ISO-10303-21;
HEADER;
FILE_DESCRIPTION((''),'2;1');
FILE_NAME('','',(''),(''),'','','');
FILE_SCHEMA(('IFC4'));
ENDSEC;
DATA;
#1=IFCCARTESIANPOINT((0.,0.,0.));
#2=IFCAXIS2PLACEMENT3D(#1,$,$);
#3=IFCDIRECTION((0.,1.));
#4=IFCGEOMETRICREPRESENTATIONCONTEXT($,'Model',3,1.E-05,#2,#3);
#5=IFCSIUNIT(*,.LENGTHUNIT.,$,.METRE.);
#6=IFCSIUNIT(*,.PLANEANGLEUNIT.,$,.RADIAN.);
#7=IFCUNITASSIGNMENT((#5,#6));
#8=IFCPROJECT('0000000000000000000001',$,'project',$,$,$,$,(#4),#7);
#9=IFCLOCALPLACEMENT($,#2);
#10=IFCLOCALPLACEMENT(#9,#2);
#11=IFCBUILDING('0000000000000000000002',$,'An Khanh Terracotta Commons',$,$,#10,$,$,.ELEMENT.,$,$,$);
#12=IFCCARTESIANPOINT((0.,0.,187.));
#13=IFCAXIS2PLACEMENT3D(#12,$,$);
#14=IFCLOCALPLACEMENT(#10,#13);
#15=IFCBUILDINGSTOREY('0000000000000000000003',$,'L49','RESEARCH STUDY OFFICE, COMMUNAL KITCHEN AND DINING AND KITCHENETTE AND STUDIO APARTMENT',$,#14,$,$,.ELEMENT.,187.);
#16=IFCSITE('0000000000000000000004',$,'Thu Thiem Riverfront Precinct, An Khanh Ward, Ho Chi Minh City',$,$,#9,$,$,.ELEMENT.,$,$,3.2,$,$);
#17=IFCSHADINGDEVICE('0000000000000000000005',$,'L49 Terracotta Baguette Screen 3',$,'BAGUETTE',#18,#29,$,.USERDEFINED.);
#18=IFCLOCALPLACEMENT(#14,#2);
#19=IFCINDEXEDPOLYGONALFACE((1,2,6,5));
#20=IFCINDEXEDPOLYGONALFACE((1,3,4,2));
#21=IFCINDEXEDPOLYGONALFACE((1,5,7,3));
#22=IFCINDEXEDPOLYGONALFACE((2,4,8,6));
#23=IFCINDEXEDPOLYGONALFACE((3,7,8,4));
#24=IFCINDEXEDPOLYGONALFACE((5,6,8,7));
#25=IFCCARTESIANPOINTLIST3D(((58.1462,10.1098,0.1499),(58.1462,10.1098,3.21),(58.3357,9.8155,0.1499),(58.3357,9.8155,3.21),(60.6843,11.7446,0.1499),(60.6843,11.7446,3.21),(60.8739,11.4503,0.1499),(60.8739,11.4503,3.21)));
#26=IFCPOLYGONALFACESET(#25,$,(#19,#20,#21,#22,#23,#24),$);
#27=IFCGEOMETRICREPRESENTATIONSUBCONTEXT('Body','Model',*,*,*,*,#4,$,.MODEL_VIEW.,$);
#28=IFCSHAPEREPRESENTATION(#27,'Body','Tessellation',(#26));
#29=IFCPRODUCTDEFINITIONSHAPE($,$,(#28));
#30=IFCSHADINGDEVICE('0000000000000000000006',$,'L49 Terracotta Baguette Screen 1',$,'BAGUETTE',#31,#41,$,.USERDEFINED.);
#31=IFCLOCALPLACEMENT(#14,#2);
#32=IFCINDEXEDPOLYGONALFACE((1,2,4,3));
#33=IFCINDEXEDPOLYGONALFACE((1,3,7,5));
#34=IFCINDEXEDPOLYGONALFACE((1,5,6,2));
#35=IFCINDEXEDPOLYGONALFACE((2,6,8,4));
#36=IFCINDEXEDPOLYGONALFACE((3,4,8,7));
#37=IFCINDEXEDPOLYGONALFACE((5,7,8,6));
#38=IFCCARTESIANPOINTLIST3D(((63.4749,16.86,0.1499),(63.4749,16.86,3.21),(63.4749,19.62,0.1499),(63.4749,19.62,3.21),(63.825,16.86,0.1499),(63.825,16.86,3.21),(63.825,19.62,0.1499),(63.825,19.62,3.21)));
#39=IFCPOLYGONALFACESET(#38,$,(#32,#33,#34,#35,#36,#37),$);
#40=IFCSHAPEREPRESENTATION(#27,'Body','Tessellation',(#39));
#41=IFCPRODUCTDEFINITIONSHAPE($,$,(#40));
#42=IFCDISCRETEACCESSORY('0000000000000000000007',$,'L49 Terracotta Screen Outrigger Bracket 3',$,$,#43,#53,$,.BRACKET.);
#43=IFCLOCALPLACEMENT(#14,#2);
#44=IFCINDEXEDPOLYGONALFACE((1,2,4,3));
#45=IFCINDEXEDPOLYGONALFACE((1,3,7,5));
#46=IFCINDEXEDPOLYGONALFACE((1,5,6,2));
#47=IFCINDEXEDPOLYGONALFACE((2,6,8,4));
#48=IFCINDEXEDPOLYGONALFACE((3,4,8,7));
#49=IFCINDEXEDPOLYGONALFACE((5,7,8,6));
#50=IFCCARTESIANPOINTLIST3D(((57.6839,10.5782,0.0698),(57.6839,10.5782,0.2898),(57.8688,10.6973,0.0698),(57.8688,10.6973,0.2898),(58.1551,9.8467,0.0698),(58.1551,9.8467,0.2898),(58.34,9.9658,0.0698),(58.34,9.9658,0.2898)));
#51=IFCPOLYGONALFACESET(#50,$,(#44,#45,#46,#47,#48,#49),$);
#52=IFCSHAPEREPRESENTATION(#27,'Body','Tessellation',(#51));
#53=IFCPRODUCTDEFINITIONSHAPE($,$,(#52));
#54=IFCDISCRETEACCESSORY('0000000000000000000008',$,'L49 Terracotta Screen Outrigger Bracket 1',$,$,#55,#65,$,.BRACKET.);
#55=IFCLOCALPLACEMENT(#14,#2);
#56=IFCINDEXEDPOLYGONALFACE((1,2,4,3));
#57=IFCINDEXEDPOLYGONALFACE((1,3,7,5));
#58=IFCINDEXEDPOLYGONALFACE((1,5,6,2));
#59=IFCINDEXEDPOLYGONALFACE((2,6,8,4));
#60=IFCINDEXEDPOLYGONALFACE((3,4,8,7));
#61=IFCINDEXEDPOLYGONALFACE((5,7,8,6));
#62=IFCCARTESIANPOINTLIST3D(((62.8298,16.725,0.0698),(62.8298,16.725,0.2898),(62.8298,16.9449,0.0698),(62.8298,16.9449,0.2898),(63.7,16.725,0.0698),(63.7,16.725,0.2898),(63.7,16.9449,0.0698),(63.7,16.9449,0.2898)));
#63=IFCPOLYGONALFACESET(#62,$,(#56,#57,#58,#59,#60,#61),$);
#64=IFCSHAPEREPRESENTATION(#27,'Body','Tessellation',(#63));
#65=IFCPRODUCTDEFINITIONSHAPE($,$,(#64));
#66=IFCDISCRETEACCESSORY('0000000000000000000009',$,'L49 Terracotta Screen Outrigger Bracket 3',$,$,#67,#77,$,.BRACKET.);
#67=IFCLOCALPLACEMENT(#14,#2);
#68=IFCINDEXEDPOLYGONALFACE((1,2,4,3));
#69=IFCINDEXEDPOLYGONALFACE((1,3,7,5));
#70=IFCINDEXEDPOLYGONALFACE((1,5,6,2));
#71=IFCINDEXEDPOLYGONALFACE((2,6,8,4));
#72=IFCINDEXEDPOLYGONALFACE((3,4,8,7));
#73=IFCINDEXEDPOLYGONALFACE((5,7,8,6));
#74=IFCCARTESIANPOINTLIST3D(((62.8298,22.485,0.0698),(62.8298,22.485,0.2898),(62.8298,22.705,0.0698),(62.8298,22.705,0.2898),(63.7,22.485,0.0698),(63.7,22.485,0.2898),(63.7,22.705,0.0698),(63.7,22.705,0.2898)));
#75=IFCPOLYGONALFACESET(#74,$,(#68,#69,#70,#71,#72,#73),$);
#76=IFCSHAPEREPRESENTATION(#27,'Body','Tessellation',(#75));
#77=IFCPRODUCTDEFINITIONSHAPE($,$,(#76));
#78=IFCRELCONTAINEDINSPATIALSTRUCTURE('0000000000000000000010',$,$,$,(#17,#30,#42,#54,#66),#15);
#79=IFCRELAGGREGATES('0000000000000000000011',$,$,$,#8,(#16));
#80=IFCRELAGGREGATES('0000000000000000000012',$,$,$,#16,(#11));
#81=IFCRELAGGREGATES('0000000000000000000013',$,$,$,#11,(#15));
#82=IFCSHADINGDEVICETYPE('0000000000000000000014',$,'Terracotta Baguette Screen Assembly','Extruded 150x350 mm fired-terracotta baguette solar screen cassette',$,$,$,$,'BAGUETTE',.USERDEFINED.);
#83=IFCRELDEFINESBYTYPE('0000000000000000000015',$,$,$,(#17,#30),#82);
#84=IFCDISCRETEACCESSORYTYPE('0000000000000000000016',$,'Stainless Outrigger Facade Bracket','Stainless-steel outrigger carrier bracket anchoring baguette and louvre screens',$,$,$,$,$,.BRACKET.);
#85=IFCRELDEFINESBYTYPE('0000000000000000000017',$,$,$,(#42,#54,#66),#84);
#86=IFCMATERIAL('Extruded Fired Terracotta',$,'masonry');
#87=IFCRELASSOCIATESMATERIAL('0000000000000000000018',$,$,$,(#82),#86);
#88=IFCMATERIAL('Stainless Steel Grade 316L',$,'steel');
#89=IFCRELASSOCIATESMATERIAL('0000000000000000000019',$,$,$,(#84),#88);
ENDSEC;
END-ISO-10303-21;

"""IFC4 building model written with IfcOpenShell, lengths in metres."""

from ifc_helpers import new_model, si_unit, direction, frame, origin, origin_2d, place, context, subcontext, project, spatial, rectangle, extrude, material, type_object, element, save


model = new_model("IFC4")

# Units and contexts
model_context = context("Model", 3, precision=1e-05, world=origin(), true_north=direction((0.0, 1.0)))
body_context = subcontext(model_context, "Body", "Model", "MODEL_VIEW")
ifc_project = project(units=[si_unit("LENGTHUNIT", "METRE"), si_unit("PLANEANGLEUNIT", "RADIAN")], contexts=[model_context])

# Site, building, storey
site_placement = place(None, origin())
site = spatial("IfcSite", under=ifc_project, at=site_placement, Name="Thu Thiem Riverfront Precinct, An Khanh Ward, Ho Chi Minh City", CompositionType="ELEMENT", RefElevation=3.2)
building_placement = place(site_placement, origin())
building = spatial("IfcBuilding", under=site, at=building_placement, Name="An Khanh Terracotta Commons", CompositionType="ELEMENT")
storey_placement = place(building_placement, frame((0.0, 0.0, 187.0)))
storey = spatial("IfcBuildingStorey", under=building, at=storey_placement, Name="L49", Description="RESEARCH STUDY OFFICE, COMMUNAL KITCHEN AND DINING AND KITCHENETTE AND STUDIO APARTMENT", CompositionType="ELEMENT", Elevation=187.0)

# Shading devices
ifc_material_1 = material(Name="Extruded Fired Terracotta", Category="masonry")
shading_device_type = type_object("IfcShadingDeviceType", Name="Terracotta Baguette Screen Assembly", Description="Extruded 150x350 mm fired-terracotta baguette solar screen cassette", ElementType="BAGUETTE", PredefinedType="USERDEFINED", material=ifc_material_1)
shading_device_1_placement = place(storey_placement, frame((59.51, 10.78, 0.1499), z_axis=(0.0, 0.0, 1.0), x_axis=(0.840702, 0.541498, 0.0)))
element("IfcShadingDevice", 1, at=shading_device_1_placement, inside=storey, type_object=shading_device_type, Name="L49 Terracotta Baguette Screen 3", ObjectType="BAGUETTE", PredefinedType="USERDEFINED", context=body_context, shape_type="SweptSolid", body=[
    extrude(rectangle(XDim=3.019, YDim=0.3501, at=origin_2d()), origin(), (0.0, 0.0, 1.0), 3.0601),
])
shading_device_2_placement = place(storey_placement, frame((63.6499, 18.24, 0.1499), z_axis=(0.0, 0.0, 1.0), x_axis=(0.0, 1.0, 0.0)))
element("IfcShadingDevice", 2, at=shading_device_2_placement, inside=storey, type_object=shading_device_type, Name="L49 Terracotta Baguette Screen 1", ObjectType="BAGUETTE", PredefinedType="USERDEFINED", context=body_context, shape_type="SweptSolid", body=[
    extrude(rectangle(XDim=2.76, YDim=0.3501, at=origin_2d()), origin(), (0.0, 0.0, 1.0), 3.0601),
])

# Discrete accessories
ifc_material_2 = material(Name="Stainless Steel Grade 316L", Category="steel")
discrete_accessory_type = type_object("IfcDiscreteAccessoryType", Name="Stainless Outrigger Facade Bracket", Description="Stainless-steel outrigger carrier bracket anchoring baguette and louvre screens", PredefinedType="BRACKET", material=ifc_material_2)
for number, where, z_axis, x_axis, name in (
    (3, (58.012, 10.272, 0.0698), (0.0, 0.0, 1.0), (0.840702, 0.541498, 0.0), "L49 Terracotta Screen Outrigger Bracket 3"),
    (4, (63.2649, 16.835, 0.0698), (0.0, 0.0, 1.0), (0.0, 1.0, 0.0), "L49 Terracotta Screen Outrigger Bracket 1"),
    (5, (63.2649, 22.595, 0.0698), (0.0, 0.0, 1.0), (0.0, 1.0, 0.0), "L49 Terracotta Screen Outrigger Bracket 3"),
):
    element("IfcDiscreteAccessory", number, at=place(storey_placement, frame(where, z_axis=z_axis, x_axis=x_axis)), inside=storey, type_object=discrete_accessory_type, Name=name, PredefinedType="BRACKET", context=body_context, shape_type="SweptSolid", body=[
        extrude(rectangle(XDim=0.22, YDim=0.8701, at=origin_2d()), origin(), (0.0, 0.0, 1.0), 0.22),
    ])

save(model, "model.ifc")
